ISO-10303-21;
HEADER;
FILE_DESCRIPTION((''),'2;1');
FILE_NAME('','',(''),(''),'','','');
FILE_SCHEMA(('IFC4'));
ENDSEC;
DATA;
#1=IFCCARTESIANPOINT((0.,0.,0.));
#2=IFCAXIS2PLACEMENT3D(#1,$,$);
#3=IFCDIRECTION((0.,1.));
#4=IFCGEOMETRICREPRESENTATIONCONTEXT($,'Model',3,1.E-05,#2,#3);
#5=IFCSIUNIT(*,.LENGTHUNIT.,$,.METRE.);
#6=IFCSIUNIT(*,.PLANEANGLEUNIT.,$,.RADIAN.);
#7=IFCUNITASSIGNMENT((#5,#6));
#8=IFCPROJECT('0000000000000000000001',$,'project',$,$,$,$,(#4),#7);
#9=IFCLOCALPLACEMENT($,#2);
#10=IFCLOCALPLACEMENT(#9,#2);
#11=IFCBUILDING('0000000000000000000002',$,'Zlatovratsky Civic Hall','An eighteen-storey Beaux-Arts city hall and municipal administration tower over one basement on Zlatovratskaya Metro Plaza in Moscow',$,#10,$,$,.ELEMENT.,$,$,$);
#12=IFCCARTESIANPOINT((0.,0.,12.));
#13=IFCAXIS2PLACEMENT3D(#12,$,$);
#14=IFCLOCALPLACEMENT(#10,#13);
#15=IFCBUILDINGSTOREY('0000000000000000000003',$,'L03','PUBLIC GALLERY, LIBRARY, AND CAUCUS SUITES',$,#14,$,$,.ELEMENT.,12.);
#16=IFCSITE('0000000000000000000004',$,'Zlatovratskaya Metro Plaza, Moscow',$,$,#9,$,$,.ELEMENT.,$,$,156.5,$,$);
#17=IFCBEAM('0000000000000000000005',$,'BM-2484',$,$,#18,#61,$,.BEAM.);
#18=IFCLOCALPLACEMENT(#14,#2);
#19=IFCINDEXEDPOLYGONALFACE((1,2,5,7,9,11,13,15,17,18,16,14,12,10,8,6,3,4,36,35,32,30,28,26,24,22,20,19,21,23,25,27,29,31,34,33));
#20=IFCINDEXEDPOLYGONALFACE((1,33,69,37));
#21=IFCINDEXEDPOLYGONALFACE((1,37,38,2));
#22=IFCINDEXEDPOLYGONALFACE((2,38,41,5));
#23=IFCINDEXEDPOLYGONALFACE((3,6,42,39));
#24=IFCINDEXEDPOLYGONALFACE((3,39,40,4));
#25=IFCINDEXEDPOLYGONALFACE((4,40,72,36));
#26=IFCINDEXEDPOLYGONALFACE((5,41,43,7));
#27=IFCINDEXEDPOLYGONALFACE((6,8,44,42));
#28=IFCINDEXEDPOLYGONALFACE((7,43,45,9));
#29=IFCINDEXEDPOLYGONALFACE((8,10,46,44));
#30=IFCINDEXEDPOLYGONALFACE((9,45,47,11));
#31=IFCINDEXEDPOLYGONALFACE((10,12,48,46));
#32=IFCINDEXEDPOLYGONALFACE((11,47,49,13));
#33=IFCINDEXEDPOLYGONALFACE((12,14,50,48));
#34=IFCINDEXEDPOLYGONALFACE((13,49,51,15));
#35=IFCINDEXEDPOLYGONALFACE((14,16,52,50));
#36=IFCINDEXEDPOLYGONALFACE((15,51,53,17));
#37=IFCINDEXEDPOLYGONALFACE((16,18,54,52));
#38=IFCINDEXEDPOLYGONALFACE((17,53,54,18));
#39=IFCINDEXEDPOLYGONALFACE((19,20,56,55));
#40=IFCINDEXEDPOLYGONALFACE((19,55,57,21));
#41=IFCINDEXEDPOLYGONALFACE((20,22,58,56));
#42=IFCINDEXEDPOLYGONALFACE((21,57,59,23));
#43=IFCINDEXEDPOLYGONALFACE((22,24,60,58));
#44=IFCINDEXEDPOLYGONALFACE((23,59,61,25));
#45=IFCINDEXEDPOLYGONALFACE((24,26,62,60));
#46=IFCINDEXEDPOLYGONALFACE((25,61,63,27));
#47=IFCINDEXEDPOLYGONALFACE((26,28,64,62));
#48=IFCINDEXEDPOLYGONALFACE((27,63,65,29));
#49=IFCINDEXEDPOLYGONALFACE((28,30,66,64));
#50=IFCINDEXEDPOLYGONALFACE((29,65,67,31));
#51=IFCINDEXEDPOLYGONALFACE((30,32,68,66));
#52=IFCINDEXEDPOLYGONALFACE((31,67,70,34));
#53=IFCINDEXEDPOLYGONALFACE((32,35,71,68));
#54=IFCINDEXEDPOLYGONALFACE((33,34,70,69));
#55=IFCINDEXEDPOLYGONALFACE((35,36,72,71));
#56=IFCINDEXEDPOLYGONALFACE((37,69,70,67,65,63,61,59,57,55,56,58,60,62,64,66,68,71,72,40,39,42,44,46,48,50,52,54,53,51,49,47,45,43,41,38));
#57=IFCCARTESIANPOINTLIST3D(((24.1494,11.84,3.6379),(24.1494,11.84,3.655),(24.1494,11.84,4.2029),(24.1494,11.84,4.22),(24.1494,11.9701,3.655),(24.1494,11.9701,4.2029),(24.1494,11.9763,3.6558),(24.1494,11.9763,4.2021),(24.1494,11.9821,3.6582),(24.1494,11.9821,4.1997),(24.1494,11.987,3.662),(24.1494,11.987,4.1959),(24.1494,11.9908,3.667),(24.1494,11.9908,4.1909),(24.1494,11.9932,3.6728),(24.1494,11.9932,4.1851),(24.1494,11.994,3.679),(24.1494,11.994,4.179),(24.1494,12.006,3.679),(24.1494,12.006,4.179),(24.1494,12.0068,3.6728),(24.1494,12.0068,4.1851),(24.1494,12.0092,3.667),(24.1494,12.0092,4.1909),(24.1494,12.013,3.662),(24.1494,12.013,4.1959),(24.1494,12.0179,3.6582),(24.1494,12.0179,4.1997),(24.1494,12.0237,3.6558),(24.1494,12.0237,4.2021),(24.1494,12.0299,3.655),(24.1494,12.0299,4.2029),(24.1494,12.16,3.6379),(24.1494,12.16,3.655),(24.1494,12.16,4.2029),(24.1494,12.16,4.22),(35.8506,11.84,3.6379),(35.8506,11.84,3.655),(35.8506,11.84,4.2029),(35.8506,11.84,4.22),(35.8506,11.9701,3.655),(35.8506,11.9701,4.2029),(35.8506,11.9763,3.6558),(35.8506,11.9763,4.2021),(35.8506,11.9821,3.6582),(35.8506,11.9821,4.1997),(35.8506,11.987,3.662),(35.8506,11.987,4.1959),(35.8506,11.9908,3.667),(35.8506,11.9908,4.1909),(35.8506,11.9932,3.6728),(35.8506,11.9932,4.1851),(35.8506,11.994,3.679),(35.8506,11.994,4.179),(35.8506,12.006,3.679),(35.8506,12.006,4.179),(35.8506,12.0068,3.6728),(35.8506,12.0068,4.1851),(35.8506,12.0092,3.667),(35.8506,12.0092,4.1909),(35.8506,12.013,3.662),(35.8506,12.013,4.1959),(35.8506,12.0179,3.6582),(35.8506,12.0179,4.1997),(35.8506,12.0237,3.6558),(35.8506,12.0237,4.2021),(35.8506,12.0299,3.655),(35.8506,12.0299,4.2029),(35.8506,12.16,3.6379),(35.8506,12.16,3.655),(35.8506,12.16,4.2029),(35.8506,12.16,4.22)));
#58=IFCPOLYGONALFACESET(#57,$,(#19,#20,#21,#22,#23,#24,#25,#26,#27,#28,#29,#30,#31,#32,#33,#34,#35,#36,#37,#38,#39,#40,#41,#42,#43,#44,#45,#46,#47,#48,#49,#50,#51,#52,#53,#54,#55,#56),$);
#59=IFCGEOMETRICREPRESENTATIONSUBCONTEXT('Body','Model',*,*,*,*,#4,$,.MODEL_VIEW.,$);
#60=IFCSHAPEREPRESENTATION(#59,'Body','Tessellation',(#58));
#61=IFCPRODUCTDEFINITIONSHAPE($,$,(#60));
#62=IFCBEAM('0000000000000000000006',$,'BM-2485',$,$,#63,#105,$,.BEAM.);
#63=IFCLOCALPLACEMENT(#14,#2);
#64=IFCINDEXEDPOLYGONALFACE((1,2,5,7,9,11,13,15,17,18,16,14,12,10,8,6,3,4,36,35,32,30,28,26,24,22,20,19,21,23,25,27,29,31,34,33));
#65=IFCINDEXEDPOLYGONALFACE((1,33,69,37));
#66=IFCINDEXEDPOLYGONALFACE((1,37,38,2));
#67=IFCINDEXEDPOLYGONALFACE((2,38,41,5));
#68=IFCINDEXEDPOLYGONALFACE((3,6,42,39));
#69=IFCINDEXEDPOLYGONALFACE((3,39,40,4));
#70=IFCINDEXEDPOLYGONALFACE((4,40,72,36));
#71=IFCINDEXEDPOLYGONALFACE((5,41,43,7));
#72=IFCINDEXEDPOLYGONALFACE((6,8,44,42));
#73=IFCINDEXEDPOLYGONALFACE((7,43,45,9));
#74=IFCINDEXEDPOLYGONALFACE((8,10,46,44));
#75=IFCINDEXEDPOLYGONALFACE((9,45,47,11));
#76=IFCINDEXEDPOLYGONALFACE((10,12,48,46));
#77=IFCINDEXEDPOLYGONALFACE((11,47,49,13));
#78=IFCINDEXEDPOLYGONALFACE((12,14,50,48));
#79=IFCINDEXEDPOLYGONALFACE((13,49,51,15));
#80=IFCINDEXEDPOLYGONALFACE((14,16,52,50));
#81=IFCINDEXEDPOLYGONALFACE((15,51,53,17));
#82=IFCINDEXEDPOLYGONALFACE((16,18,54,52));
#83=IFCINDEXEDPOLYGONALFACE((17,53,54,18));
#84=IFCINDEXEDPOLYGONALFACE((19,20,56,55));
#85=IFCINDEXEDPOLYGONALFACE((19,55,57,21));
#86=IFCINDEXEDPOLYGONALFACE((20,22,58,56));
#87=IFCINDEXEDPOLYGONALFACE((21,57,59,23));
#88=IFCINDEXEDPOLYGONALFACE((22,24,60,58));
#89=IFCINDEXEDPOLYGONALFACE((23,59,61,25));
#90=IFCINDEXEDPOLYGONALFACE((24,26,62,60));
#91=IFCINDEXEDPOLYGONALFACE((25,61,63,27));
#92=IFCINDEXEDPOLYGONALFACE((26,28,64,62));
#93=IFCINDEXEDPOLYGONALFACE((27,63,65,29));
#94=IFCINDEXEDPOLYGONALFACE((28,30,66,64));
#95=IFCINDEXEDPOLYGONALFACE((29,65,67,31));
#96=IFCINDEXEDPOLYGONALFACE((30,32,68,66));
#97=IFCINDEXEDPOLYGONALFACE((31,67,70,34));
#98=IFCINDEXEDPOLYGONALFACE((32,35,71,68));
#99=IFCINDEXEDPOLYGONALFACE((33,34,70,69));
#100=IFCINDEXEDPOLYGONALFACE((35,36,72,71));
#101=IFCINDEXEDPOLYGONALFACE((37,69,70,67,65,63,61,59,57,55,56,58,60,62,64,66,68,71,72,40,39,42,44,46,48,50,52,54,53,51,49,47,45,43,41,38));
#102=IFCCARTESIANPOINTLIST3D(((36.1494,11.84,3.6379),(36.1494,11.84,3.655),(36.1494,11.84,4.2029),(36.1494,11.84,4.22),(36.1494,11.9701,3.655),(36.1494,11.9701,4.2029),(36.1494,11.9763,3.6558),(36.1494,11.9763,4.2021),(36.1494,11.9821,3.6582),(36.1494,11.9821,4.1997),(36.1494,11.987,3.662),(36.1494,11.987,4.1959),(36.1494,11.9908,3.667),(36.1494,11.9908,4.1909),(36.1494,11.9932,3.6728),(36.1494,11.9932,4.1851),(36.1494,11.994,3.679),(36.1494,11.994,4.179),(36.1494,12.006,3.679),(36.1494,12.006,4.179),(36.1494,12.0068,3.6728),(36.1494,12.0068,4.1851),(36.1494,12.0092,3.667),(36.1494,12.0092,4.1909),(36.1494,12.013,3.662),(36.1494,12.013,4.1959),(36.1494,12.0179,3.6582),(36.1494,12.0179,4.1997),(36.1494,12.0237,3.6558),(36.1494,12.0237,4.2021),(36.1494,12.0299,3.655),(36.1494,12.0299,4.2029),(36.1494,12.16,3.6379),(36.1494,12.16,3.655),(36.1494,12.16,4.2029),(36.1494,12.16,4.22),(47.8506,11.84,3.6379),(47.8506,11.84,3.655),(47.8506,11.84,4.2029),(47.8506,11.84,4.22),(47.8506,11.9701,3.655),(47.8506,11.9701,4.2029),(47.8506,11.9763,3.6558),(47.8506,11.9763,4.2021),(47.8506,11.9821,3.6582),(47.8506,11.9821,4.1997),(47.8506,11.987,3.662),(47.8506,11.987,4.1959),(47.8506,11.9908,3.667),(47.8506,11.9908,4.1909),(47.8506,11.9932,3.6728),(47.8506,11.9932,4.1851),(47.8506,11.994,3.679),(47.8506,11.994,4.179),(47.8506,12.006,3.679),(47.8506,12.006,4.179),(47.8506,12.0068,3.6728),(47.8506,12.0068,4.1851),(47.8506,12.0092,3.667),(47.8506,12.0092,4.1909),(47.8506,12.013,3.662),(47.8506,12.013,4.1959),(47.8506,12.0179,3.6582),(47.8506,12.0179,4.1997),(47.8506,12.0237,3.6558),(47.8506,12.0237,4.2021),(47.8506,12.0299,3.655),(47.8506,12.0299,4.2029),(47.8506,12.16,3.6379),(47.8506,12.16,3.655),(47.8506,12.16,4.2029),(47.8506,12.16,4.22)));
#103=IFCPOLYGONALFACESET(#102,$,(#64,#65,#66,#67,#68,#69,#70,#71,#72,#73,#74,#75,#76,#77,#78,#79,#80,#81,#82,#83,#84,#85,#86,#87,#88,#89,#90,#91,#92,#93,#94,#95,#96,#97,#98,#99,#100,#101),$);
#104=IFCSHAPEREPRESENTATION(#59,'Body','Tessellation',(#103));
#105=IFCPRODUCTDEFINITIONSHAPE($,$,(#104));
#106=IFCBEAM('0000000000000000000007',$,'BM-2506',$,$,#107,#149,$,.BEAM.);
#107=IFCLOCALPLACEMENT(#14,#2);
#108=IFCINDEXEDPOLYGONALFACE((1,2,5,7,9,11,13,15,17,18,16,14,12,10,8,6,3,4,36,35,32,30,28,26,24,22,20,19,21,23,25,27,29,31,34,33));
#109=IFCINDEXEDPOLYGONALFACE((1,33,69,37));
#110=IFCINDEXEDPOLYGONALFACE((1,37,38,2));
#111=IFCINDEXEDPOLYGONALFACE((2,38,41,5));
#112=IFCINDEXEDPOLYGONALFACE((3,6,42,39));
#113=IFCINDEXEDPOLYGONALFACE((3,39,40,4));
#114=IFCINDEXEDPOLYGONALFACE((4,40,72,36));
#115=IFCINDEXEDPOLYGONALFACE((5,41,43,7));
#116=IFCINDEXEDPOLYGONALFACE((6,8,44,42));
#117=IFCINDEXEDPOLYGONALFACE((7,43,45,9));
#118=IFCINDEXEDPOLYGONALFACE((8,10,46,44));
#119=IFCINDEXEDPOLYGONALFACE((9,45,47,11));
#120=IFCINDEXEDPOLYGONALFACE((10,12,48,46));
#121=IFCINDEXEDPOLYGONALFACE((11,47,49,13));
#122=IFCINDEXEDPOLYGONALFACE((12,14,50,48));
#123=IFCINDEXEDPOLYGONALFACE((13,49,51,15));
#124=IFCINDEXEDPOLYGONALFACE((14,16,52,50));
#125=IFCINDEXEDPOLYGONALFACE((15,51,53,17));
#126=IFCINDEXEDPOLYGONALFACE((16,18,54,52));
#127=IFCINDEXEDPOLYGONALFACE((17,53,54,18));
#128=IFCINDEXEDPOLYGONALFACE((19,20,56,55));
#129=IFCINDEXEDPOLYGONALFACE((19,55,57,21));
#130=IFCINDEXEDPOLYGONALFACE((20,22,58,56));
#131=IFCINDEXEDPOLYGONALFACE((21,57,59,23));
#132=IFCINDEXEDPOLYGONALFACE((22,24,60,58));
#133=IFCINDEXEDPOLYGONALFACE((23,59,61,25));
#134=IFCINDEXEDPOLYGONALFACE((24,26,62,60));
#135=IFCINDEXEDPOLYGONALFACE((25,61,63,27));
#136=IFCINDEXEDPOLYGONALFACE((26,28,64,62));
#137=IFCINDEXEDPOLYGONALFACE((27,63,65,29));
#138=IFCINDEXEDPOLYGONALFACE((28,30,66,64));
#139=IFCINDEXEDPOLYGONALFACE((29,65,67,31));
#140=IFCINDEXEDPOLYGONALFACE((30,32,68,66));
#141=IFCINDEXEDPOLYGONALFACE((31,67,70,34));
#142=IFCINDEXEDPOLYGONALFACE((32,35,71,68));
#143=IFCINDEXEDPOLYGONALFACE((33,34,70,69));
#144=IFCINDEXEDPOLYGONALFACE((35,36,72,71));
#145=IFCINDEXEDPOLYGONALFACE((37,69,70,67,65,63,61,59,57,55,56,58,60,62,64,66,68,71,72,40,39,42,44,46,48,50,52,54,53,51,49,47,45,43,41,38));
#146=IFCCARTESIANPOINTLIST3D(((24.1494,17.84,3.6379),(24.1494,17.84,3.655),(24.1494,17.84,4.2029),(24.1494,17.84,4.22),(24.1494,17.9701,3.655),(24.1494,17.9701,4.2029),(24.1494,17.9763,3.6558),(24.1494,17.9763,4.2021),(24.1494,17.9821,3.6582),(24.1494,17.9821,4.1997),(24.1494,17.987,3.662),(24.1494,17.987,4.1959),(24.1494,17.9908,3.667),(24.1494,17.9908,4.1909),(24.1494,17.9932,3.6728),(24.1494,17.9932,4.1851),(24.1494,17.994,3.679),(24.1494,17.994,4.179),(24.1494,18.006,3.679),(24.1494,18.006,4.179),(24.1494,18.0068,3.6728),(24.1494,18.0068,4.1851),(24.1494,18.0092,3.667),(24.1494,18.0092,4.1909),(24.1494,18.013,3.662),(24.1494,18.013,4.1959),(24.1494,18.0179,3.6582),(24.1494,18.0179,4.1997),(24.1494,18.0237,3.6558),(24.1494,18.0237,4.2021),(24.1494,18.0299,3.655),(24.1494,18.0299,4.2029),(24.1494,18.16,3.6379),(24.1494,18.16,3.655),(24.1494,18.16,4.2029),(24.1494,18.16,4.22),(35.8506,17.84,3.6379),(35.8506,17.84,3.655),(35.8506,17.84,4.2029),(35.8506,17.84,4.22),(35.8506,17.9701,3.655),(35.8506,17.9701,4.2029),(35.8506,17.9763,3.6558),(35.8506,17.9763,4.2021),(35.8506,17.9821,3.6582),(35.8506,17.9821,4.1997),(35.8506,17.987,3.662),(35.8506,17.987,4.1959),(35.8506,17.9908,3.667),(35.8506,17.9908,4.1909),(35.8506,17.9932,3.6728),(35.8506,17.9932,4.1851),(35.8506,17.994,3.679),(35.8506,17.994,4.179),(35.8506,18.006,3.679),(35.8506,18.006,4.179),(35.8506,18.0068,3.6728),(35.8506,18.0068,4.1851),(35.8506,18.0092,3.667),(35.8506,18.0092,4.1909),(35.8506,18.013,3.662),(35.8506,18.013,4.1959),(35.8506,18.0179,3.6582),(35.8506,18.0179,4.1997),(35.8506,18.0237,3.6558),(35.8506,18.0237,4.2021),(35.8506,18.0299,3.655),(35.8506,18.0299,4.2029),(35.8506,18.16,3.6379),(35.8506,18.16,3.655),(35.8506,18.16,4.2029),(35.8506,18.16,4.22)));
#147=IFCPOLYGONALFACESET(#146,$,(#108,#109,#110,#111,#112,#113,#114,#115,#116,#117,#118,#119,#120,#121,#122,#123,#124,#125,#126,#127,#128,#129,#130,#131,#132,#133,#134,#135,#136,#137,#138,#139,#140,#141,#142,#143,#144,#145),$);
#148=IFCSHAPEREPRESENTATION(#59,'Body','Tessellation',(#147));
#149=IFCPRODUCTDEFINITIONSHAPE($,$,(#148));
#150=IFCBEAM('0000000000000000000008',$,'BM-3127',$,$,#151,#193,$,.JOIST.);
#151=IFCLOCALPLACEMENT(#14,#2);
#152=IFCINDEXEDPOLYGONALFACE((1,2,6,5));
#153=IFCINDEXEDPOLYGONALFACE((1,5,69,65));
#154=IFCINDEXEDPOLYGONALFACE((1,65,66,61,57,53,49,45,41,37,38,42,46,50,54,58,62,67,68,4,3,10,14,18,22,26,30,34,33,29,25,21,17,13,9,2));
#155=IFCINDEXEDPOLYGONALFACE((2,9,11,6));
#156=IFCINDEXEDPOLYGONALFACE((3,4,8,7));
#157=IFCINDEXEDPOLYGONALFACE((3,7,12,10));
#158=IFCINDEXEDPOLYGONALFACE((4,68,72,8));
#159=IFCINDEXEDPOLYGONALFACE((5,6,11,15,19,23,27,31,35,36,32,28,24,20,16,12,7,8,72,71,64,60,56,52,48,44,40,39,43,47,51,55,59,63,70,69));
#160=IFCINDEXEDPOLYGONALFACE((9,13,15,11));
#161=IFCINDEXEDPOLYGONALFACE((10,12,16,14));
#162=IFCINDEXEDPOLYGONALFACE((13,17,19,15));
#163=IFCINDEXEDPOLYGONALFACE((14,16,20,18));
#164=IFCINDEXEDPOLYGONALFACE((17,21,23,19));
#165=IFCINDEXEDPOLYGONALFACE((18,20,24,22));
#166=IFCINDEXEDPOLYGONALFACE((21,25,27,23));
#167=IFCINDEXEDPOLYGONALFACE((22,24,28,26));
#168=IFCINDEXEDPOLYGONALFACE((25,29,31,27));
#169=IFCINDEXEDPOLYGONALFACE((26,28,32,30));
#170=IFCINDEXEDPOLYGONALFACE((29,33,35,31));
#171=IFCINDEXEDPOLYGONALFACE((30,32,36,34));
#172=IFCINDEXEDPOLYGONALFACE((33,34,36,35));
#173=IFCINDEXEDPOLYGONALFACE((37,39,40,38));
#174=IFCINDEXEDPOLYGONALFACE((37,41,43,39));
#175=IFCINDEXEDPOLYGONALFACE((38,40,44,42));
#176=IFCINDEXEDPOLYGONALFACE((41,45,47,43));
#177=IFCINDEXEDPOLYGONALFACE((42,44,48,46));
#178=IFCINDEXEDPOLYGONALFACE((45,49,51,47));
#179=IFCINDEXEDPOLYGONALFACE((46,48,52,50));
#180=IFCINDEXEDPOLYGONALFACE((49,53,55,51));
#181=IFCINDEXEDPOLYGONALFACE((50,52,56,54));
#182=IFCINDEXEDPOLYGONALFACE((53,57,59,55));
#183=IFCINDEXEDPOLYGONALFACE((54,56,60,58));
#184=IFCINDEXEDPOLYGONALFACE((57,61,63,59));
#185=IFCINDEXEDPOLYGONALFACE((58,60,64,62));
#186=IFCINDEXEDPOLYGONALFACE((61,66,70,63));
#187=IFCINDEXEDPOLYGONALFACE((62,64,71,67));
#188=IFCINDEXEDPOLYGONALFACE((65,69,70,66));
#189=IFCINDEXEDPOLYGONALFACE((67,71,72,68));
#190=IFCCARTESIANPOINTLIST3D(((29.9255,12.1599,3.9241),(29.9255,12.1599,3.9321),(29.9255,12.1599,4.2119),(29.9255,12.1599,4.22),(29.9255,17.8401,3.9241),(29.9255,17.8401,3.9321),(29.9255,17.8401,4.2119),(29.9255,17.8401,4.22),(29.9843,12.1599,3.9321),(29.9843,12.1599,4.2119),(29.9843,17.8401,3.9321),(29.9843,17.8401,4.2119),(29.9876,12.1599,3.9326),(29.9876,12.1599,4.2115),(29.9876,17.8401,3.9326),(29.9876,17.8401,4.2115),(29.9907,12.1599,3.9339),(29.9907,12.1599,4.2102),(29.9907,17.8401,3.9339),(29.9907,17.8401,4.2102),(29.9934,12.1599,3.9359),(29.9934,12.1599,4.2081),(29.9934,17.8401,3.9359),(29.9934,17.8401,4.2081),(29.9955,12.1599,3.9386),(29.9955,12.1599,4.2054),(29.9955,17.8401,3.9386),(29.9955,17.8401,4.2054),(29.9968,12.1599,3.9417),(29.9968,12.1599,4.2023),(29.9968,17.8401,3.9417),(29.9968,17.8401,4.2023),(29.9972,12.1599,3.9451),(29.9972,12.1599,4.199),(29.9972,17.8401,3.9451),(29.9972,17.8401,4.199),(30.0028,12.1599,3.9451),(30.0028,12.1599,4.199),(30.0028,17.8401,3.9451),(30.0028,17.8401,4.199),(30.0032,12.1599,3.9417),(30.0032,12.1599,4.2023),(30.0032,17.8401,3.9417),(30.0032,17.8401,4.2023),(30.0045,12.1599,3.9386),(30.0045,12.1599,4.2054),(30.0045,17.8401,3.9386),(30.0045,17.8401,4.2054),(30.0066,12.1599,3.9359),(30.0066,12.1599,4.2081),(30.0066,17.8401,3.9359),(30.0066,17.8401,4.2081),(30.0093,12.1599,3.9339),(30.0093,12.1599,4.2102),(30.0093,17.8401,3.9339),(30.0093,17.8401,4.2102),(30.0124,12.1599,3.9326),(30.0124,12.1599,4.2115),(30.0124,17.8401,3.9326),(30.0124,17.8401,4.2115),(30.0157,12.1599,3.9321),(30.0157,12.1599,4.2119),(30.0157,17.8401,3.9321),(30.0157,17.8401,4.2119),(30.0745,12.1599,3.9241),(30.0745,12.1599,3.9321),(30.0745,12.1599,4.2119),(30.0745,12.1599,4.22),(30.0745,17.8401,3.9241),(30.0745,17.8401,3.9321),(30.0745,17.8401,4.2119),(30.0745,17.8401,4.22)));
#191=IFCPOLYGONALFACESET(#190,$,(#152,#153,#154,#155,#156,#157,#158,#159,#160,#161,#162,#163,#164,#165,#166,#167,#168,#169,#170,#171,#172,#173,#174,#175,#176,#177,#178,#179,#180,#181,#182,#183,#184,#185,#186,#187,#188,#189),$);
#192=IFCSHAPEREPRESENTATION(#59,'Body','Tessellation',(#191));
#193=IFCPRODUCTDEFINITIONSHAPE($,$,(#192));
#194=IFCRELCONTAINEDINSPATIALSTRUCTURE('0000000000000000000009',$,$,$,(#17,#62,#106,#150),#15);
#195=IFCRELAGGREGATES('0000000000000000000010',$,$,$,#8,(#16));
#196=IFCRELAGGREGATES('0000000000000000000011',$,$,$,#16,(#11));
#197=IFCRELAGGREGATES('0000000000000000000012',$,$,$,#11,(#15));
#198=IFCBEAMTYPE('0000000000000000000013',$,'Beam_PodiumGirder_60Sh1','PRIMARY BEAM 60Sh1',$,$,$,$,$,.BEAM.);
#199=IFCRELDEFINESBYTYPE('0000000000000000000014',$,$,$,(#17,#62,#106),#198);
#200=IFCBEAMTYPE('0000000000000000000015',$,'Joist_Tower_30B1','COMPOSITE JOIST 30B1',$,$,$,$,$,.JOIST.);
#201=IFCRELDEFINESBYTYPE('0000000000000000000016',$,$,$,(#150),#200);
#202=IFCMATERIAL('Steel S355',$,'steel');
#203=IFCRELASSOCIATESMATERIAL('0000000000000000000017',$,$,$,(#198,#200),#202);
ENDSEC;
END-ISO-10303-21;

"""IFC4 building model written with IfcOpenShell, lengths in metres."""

from ifc_helpers import new_model, si_unit, direction, frame, origin, origin_2d, place, context, subcontext, project, spatial, i_section, extrude, material, material_profile, profile_set, type_object, element, save


model = new_model("IFC4")

# Units and contexts
model_context = context("Model", 3, precision=1e-05, world=origin(), true_north=direction((0.0, 1.0)))
body_context = subcontext(model_context, "Body", "Model", "MODEL_VIEW")
ifc_project = project(units=[si_unit("LENGTHUNIT", "METRE"), si_unit("PLANEANGLEUNIT", "RADIAN")], contexts=[model_context])

# Site, building, storey
site_placement = place(None, origin())
site = spatial("IfcSite", under=ifc_project, at=site_placement, Name="Zlatovratskaya Metro Plaza, Moscow", CompositionType="ELEMENT", RefElevation=156.5)
building_placement = place(site_placement, origin())
building = spatial("IfcBuilding", under=site, at=building_placement, Name="Zlatovratsky Civic Hall", Description="An eighteen-storey Beaux-Arts city hall and municipal administration tower over one basement on Zlatovratskaya Metro Plaza in Moscow", CompositionType="ELEMENT")
storey_placement = place(building_placement, frame((0.0, 0.0, 12.0)))
storey = spatial("IfcBuildingStorey", under=building, at=storey_placement, Name="L03", Description="PUBLIC GALLERY, LIBRARY, AND CAUCUS SUITES", CompositionType="ELEMENT", Elevation=12.0)

# Shared definitions
ifc_material_1 = material(Name="Steel S355", Category="steel")

# Beams
ifc_material_profile_1 = material_profile(ifc_material_1, i_section(OverallWidth=0.3201, OverallDepth=0.582, WebThickness=0.012, FlangeThickness=0.0171, FilletRadius=0.0239, at=origin_2d()), Name="60Sh1")
ifc_profile_set_1 = profile_set([ifc_material_profile_1], Name="Steel S355")
beam_type_1 = type_object("IfcBeamType", Name="Beam_PodiumGirder_60Sh1", Description="PRIMARY BEAM 60Sh1", PredefinedType="BEAM", material=ifc_profile_set_1)
for number, where, z_axis, x_axis, name in (
    (1, (24.1494, 12.0, 3.929), (1.0, 0.0, 0.0), (0.0, 1.0, 0.0), "BM-2484"),
    (2, (36.1494, 12.0, 3.929), (1.0, 0.0, 0.0), (0.0, 1.0, 0.0), "BM-2485"),
    (3, (24.1494, 18.0, 3.929), (1.0, 0.0, 0.0), (0.0, 1.0, 0.0), "BM-2506"),
):
    element("IfcBeam", number, at=place(storey_placement, frame(where, z_axis=z_axis, x_axis=x_axis)), inside=storey, type_object=beam_type_1, Name=name, PredefinedType="BEAM", context=body_context, shape_type="SweptSolid", body=[
        extrude(i_section(OverallWidth=0.3201, OverallDepth=0.582, WebThickness=0.012, FlangeThickness=0.0171, FilletRadius=0.0239, at=origin_2d()), origin(), (0.0, 0.0, 1.0), 11.7012),
    ])
ifc_material_profile_2 = material_profile(ifc_material_1, i_section(OverallWidth=0.1489, OverallDepth=0.2959, WebThickness=0.0056, FlangeThickness=0.0081, FilletRadius=0.0129, at=origin_2d()), Name="30B1")
ifc_profile_set_2 = profile_set([ifc_material_profile_2], Name="Steel S355")
beam_type_2 = type_object("IfcBeamType", Name="Joist_Tower_30B1", Description="COMPOSITE JOIST 30B1", PredefinedType="JOIST", material=ifc_profile_set_2)
beam_1_placement = place(storey_placement, frame((30.0, 12.1599, 4.072), z_axis=(0.0, 1.0, 0.0), x_axis=(-1.0, 0.0, 0.0)))
element("IfcBeam", 4, at=beam_1_placement, inside=storey, type_object=beam_type_2, Name="BM-3127", PredefinedType="JOIST", context=body_context, shape_type="SweptSolid", body=[
    extrude(i_section(OverallWidth=0.1489, OverallDepth=0.2959, WebThickness=0.0056, FlangeThickness=0.0081, FilletRadius=0.0129, at=origin_2d()), origin(), (0.0, 0.0, 1.0), 5.6802),
])

save(model, "model.ifc")
